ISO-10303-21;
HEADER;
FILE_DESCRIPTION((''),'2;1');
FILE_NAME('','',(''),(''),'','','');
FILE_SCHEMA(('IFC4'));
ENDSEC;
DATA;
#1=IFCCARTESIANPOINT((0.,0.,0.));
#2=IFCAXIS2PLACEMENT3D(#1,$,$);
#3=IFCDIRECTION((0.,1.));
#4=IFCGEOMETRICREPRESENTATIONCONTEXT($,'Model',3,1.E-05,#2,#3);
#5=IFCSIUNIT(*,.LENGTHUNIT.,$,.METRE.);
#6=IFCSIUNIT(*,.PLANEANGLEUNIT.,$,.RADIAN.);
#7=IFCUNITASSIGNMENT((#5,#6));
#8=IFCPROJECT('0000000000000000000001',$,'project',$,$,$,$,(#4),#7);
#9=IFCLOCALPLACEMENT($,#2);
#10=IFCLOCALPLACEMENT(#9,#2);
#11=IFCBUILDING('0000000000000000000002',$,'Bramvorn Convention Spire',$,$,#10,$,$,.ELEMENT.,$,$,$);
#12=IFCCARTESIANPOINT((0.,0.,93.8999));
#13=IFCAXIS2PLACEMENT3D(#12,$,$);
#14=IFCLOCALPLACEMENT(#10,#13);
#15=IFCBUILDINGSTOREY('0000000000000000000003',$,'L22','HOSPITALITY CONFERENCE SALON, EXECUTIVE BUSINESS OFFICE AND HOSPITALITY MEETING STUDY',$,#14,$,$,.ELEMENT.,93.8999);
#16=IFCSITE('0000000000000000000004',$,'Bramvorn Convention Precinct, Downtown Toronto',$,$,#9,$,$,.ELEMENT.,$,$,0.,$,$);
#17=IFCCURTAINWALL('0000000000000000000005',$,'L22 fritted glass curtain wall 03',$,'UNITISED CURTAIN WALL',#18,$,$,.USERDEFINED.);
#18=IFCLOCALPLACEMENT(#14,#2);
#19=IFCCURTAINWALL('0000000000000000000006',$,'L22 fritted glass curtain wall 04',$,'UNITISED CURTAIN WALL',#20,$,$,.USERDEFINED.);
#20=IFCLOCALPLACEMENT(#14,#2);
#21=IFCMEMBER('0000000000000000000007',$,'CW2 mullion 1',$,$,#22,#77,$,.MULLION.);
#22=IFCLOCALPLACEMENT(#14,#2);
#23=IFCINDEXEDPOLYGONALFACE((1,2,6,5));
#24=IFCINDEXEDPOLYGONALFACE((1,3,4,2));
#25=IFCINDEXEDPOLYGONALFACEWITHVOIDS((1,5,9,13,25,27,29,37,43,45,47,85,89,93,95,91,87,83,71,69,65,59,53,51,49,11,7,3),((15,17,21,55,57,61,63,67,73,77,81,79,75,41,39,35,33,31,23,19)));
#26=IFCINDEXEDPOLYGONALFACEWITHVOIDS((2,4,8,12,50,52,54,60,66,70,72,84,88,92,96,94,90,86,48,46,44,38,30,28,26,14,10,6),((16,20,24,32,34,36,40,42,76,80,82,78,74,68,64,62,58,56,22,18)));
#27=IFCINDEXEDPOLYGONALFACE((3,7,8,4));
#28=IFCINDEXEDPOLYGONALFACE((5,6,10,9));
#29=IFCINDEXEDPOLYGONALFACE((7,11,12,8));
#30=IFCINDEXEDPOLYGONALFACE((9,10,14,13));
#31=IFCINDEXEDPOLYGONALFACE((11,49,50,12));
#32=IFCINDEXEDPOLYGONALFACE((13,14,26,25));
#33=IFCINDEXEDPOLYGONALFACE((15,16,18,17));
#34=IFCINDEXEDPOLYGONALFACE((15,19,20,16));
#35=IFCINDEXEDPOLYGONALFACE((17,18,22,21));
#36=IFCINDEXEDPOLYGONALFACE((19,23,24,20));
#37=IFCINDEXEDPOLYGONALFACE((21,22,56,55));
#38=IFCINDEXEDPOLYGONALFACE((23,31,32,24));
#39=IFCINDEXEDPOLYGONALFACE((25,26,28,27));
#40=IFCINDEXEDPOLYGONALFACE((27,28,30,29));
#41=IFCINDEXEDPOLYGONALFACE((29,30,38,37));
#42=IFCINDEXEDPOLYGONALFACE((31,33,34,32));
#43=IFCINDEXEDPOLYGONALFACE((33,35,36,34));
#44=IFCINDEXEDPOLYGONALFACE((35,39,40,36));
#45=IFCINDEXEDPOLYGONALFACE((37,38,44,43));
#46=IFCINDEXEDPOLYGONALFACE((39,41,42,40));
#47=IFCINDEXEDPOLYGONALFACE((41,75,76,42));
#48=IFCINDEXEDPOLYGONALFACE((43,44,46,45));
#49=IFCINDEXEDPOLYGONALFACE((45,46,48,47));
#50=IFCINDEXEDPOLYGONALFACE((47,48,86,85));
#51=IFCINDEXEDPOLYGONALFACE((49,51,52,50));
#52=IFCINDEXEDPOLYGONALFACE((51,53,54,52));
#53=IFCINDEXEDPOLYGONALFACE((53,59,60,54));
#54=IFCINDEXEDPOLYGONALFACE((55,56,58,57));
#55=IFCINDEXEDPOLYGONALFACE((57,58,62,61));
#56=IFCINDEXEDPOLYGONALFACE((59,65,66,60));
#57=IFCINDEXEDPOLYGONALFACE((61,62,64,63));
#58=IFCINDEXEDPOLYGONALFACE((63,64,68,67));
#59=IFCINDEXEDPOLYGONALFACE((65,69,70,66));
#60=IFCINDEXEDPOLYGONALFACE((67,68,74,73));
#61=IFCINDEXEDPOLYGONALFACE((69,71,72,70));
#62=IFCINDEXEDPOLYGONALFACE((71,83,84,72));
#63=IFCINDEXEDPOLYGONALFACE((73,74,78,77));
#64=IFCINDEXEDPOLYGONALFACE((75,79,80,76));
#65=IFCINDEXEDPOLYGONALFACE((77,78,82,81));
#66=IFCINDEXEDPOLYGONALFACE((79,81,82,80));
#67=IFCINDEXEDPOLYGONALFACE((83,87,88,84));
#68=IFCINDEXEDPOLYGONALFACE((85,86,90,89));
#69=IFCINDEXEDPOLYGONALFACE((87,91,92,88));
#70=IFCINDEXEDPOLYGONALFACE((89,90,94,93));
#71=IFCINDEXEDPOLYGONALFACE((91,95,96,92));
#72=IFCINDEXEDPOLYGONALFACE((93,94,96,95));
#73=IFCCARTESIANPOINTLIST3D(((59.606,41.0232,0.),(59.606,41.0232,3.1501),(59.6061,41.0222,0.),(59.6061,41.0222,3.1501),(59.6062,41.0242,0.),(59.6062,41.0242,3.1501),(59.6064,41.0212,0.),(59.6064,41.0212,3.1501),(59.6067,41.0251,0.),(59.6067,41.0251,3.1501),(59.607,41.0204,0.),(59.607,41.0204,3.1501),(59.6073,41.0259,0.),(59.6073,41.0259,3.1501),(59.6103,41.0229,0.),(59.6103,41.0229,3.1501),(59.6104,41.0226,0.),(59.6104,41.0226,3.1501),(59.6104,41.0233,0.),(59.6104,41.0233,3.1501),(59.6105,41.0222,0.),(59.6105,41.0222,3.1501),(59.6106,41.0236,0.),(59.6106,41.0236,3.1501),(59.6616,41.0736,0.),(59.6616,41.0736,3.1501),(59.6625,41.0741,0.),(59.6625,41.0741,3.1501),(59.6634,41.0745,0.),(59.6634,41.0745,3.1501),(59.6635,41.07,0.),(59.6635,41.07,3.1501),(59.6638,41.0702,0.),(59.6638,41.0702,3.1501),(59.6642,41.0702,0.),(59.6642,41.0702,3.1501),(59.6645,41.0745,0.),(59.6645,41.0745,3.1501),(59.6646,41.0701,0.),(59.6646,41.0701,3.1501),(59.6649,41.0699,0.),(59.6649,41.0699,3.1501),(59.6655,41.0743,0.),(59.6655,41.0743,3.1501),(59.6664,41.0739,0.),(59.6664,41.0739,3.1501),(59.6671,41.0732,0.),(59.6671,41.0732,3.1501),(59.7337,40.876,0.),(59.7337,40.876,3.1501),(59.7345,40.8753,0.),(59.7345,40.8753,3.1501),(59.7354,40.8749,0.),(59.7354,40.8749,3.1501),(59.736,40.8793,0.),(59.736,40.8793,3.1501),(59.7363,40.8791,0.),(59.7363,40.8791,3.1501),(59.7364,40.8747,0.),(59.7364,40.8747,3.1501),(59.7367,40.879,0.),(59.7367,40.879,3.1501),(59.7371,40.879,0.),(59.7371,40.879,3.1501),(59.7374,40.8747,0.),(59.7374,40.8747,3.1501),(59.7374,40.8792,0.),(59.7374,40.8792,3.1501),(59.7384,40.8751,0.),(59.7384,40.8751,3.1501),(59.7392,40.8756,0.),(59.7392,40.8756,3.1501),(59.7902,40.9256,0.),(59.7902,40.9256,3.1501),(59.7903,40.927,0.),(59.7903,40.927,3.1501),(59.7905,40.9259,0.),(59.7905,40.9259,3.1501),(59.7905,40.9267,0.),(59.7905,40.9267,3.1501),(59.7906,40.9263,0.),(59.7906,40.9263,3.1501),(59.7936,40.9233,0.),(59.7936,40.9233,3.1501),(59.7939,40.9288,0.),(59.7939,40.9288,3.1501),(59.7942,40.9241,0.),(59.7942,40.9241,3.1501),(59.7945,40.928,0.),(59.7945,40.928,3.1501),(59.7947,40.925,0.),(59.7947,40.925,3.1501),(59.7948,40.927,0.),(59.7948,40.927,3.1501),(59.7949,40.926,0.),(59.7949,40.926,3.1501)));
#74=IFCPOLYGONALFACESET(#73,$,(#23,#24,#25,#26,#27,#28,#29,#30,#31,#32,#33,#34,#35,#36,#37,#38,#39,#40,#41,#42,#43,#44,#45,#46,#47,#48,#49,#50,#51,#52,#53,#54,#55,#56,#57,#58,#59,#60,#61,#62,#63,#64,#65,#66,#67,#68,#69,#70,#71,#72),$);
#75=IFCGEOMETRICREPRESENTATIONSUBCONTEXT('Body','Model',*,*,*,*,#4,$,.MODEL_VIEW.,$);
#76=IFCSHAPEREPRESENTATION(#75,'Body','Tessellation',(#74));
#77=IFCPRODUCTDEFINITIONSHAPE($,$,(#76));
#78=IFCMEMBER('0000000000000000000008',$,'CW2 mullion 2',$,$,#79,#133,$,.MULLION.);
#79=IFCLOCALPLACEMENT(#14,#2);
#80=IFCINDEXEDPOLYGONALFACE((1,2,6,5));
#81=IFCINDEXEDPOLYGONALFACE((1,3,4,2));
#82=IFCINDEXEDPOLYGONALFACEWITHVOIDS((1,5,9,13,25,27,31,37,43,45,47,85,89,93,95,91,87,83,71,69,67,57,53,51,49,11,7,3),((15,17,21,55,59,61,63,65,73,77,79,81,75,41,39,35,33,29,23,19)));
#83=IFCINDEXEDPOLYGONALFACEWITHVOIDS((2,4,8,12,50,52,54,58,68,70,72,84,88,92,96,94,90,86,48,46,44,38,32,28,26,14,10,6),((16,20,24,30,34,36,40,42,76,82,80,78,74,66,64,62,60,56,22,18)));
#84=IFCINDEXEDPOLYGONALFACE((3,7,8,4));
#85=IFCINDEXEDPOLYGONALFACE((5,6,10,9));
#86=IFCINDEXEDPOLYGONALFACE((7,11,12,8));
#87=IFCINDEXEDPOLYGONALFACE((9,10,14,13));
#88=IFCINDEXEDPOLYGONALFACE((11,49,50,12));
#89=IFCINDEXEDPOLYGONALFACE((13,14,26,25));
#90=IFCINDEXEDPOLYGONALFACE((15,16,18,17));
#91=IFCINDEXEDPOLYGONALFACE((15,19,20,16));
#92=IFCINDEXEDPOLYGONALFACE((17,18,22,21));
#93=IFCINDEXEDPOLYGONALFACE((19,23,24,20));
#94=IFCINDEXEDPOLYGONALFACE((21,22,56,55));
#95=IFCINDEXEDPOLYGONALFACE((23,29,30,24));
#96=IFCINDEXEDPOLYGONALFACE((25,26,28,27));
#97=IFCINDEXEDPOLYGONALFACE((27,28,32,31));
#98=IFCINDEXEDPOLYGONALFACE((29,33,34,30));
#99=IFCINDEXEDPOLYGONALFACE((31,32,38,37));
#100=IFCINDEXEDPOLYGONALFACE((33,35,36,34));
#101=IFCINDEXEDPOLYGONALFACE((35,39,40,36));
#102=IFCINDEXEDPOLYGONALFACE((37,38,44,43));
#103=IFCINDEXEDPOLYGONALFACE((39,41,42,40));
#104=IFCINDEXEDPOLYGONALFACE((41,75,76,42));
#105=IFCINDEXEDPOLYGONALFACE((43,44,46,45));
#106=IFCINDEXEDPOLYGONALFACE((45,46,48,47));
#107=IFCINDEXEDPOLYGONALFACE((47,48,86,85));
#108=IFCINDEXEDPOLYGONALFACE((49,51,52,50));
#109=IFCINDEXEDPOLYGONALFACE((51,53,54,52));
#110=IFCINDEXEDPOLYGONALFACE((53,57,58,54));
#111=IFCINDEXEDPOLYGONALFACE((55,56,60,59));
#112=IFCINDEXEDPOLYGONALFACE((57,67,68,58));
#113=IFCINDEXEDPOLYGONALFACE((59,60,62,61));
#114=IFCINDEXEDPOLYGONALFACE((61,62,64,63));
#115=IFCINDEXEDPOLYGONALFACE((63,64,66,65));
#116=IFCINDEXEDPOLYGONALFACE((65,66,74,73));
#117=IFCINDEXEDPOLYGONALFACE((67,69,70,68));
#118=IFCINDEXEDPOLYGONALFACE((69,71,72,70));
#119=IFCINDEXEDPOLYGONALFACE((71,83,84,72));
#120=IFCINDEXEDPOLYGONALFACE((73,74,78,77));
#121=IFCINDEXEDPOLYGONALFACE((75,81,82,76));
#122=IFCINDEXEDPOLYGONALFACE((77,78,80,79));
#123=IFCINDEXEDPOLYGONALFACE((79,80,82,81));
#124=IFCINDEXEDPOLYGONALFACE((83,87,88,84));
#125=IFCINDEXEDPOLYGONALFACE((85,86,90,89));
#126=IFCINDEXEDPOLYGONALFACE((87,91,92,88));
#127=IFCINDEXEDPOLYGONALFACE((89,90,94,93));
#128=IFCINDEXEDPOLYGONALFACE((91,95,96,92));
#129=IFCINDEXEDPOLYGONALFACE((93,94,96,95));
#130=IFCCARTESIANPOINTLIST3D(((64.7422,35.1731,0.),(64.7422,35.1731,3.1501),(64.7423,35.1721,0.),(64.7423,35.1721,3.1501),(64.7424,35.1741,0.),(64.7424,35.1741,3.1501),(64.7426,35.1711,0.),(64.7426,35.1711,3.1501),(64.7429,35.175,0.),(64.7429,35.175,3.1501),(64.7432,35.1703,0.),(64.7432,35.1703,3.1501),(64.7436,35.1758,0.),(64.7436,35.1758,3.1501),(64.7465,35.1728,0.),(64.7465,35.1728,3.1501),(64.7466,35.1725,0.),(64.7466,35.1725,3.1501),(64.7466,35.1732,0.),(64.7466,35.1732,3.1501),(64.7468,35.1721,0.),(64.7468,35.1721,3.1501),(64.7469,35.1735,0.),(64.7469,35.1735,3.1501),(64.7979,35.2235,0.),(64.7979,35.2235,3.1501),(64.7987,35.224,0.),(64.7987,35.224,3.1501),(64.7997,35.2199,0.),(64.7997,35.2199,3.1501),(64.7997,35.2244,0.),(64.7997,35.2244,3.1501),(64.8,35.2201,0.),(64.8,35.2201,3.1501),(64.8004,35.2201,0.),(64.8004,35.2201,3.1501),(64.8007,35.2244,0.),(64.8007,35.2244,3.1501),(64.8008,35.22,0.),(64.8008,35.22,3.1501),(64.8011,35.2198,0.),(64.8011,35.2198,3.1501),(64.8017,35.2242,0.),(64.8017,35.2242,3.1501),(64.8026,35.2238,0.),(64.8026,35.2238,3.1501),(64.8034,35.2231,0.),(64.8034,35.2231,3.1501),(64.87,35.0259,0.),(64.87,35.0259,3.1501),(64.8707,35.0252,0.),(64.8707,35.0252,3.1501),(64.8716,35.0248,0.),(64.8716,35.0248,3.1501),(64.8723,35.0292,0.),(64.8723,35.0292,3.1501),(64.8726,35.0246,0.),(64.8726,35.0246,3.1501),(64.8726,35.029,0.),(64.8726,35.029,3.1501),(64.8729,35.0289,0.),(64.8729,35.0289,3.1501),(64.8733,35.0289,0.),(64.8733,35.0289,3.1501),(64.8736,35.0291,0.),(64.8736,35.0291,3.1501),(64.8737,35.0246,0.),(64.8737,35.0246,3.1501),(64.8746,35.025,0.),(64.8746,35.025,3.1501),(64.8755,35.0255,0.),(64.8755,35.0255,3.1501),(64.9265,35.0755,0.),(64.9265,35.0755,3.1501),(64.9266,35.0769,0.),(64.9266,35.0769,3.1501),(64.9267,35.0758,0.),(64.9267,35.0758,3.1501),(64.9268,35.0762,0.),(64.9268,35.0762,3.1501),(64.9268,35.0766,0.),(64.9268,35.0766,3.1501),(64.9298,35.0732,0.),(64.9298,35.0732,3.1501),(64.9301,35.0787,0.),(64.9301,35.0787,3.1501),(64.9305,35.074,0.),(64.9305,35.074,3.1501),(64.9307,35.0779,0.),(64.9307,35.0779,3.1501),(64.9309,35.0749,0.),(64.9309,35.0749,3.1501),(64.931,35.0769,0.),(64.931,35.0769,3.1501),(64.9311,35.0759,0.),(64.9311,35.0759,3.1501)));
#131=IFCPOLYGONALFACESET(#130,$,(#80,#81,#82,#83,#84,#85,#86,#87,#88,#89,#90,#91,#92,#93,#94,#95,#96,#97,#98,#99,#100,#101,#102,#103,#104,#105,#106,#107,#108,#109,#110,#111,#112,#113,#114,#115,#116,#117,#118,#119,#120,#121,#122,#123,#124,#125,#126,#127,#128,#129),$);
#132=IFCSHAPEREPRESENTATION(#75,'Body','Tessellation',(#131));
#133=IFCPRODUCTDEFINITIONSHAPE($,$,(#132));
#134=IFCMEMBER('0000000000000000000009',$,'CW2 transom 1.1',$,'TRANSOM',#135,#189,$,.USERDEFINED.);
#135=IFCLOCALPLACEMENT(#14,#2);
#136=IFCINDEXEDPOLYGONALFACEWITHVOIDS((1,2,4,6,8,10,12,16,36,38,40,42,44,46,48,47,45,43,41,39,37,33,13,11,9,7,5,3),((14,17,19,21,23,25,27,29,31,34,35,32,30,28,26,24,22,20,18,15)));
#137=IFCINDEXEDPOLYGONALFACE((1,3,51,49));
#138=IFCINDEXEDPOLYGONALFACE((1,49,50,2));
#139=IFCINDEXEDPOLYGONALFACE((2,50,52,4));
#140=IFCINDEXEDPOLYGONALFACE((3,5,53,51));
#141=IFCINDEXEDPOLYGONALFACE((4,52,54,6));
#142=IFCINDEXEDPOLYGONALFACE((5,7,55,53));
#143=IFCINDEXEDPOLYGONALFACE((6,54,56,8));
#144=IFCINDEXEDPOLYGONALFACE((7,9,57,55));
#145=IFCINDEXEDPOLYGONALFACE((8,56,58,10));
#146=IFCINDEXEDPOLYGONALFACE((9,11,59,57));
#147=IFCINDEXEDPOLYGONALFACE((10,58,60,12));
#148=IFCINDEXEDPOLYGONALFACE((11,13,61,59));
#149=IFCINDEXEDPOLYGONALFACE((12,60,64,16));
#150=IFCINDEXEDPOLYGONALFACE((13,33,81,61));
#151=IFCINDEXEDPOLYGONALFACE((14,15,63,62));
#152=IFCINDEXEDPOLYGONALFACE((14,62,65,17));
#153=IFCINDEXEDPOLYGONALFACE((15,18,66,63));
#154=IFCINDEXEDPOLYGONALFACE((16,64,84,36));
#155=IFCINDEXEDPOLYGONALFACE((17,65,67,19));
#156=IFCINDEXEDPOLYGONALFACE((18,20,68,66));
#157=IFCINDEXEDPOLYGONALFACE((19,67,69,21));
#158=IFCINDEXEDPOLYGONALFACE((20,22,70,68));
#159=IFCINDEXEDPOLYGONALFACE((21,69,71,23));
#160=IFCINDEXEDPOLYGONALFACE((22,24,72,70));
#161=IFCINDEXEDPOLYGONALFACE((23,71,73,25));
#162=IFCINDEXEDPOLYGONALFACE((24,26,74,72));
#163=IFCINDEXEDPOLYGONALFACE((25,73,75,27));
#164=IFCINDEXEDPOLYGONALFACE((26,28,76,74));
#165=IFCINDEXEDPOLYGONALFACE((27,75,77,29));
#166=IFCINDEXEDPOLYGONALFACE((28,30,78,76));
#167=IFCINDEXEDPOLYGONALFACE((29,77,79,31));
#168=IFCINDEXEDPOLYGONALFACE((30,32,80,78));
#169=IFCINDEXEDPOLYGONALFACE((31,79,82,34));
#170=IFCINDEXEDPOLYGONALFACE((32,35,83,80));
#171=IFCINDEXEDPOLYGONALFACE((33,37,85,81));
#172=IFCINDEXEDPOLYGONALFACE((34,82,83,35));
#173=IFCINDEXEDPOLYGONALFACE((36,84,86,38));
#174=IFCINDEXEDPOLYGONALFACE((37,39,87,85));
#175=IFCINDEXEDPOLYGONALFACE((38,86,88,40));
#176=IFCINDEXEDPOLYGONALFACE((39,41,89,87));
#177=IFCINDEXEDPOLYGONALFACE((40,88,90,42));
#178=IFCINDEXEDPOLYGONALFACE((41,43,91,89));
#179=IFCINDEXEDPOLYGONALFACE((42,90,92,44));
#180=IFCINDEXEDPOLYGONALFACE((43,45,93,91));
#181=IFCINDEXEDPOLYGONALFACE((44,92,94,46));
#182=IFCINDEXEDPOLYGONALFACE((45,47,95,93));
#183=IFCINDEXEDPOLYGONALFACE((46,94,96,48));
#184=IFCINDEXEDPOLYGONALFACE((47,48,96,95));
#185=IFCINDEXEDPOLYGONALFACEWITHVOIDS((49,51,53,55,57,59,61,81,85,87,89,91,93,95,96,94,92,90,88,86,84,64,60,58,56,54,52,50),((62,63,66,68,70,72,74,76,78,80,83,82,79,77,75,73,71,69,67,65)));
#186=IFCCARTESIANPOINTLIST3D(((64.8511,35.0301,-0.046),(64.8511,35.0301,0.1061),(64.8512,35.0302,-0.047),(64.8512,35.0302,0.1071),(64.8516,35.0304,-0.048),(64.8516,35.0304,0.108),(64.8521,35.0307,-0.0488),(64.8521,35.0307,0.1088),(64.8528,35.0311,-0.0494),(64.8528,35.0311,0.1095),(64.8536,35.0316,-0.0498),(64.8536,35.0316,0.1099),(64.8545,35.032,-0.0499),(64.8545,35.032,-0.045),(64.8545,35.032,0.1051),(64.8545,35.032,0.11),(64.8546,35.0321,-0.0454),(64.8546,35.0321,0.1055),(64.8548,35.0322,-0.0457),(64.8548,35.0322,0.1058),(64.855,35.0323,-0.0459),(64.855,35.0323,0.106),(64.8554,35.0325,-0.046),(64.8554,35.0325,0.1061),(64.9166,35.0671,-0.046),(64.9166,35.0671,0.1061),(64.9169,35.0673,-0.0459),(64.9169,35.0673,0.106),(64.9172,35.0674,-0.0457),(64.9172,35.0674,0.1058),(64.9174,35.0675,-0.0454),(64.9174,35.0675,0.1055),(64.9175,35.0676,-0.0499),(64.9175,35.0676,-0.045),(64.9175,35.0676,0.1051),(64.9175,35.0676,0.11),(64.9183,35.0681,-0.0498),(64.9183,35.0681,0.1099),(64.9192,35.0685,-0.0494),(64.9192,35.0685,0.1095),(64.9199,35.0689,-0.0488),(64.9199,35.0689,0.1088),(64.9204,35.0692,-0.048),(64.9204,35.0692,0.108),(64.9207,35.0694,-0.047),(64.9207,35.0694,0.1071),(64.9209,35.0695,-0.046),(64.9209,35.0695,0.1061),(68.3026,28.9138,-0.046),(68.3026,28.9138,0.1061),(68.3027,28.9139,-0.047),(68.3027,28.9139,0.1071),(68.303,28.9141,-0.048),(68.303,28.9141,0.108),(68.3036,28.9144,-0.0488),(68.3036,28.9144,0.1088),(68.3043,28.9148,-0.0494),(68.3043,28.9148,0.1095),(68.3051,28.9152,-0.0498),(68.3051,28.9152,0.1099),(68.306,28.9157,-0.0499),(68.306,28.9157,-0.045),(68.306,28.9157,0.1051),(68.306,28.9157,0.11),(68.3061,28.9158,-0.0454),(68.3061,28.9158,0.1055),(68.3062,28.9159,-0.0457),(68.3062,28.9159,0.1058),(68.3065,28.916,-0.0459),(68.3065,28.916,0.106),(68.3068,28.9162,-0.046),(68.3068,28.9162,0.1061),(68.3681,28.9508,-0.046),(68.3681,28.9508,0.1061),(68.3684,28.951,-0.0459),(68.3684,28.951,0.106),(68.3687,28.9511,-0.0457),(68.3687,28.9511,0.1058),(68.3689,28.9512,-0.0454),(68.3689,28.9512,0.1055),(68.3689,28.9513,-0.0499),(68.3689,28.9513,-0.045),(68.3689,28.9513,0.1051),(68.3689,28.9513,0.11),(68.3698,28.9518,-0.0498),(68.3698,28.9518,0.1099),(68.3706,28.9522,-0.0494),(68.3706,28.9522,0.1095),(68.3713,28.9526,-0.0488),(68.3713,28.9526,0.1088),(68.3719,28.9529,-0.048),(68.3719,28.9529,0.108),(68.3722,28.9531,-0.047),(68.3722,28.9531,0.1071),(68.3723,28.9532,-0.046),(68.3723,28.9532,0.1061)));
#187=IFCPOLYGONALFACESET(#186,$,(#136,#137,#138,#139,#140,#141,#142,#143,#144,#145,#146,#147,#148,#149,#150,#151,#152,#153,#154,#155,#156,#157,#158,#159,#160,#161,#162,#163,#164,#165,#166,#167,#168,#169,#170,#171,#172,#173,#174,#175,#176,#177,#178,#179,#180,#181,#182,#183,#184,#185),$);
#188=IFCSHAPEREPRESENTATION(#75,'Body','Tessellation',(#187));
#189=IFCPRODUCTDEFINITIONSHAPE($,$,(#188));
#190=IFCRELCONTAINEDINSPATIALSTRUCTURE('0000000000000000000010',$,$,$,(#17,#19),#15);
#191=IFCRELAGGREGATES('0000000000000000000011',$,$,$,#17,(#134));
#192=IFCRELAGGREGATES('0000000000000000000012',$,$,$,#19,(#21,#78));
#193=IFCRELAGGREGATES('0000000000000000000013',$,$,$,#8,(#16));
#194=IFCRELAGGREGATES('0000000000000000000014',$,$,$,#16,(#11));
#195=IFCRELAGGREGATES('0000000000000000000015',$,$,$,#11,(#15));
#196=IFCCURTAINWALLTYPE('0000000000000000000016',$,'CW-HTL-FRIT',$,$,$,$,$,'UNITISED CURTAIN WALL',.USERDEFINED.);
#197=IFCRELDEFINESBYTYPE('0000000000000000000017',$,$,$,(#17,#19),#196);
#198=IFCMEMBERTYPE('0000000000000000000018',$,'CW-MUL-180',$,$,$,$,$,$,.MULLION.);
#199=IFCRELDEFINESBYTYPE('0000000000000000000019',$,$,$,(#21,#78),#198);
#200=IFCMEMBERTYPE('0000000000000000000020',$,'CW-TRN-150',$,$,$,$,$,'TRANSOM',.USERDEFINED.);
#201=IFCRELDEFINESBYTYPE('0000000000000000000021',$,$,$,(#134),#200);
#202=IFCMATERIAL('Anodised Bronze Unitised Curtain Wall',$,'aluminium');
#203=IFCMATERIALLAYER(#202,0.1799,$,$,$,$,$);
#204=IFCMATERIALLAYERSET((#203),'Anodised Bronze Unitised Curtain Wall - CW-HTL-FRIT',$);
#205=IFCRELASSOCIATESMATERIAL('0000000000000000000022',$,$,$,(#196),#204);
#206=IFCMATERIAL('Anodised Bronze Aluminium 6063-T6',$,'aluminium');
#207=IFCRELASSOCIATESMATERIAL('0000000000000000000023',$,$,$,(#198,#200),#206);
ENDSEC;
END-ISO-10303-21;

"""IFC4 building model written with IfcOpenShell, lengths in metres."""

from ifc_helpers import new_model, si_unit, direction, frame, origin, origin_2d, place, context, subcontext, project, spatial, hollow_rectangle, extrude, material, layer, layer_set, material_profile, profile_set, type_object, element, aggregate, save


model = new_model("IFC4")

# Units and contexts
model_context = context("Model", 3, precision=1e-05, world=origin(), true_north=direction((0.0, 1.0)))
body_context = subcontext(model_context, "Body", "Model", "MODEL_VIEW")
ifc_project = project(units=[si_unit("LENGTHUNIT", "METRE"), si_unit("PLANEANGLEUNIT", "RADIAN")], contexts=[model_context])

# Site, building, storey
site_placement = place(None, origin())
site = spatial("IfcSite", under=ifc_project, at=site_placement, Name="Bramvorn Convention Precinct, Downtown Toronto", CompositionType="ELEMENT", RefElevation=0.0)
building_placement = place(site_placement, origin())
building = spatial("IfcBuilding", under=site, at=building_placement, Name="Bramvorn Convention Spire", CompositionType="ELEMENT")
storey_placement = place(building_placement, frame((0.0, 0.0, 93.8999)))
storey = spatial("IfcBuildingStorey", under=building, at=storey_placement, Name="L22", Description="HOSPITALITY CONFERENCE SALON, EXECUTIVE BUSINESS OFFICE AND HOSPITALITY MEETING STUDY", CompositionType="ELEMENT", Elevation=93.8999)

# Curtain walls, members
ifc_material_1 = material(Name="Anodised Bronze Unitised Curtain Wall", Category="aluminium")
ifc_layer_1 = layer(ifc_material_1, 0.1799)
ifc_layer_set_1 = layer_set([ifc_layer_1], Name="Anodised Bronze Unitised Curtain Wall - CW-HTL-FRIT")
curtain_wall_type = type_object("IfcCurtainWallType", Name="CW-HTL-FRIT", ElementType="UNITISED CURTAIN WALL", PredefinedType="USERDEFINED", material=ifc_layer_set_1)
curtain_wall_1_placement = place(storey_placement, origin())
curtain_wall_1 = element("IfcCurtainWall", 1, at=curtain_wall_1_placement, inside=storey, type_object=curtain_wall_type, Name="L22 fritted glass curtain wall 03", ObjectType="UNITISED CURTAIN WALL", PredefinedType="USERDEFINED")
ifc_material_2 = material(Name="Anodised Bronze Aluminium 6063-T6", Category="aluminium")
ifc_material_profile_1 = material_profile(ifc_material_2, hollow_rectangle(XDim=0.0801, YDim=0.2, WallThickness=0.0039, InnerFilletRadius=0.001, OuterFilletRadius=0.0039, at=origin_2d()))
ifc_profile_set_1 = profile_set([ifc_material_profile_1], Name="Anodised Bronze Aluminium 6063-T6 - CWM80X200")
member_type_1 = type_object("IfcMemberType", Name="CW-MUL-180", PredefinedType="MULLION", material=ifc_profile_set_1)
curtain_wall_2_placement = place(storey_placement, origin())
curtain_wall_2 = element("IfcCurtainWall", 2, at=curtain_wall_2_placement, inside=storey, type_object=curtain_wall_type, Name="L22 fritted glass curtain wall 04", ObjectType="UNITISED CURTAIN WALL", PredefinedType="USERDEFINED")
member_1_placement = place(storey_placement, frame((59.7004, 40.9746, 0.0), z_axis=(0.0, 0.0, 1.0), x_axis=(0.75147, 0.659767, 0.0)))
member_1 = element("IfcMember", 3, at=member_1_placement, type_object=member_type_1, Name="CW2 mullion 1", PredefinedType="MULLION", context=body_context, shape_type="SweptSolid", body=[
    extrude(hollow_rectangle(XDim=0.0801, YDim=0.2, WallThickness=0.0039, InnerFilletRadius=0.001, OuterFilletRadius=0.0039, at=origin_2d()), origin(), (0.0, 0.0, 1.0), 3.1501),
])
member_2_placement = place(storey_placement, frame((64.8367, 35.1245, 0.0), z_axis=(0.0, 0.0, 1.0), x_axis=(0.75147, 0.659767, 0.0)))
member_2 = element("IfcMember", 4, at=member_2_placement, type_object=member_type_1, Name="CW2 mullion 2", PredefinedType="MULLION", context=body_context, shape_type="SweptSolid", body=[
    extrude(hollow_rectangle(XDim=0.0801, YDim=0.2, WallThickness=0.0039, InnerFilletRadius=0.001, OuterFilletRadius=0.0039, at=origin_2d()), origin(), (0.0, 0.0, 1.0), 3.1501),
])

# Member
ifc_material_profile_2 = material_profile(ifc_material_2, hollow_rectangle(XDim=0.0801, YDim=0.1599, WallThickness=0.0039, InnerFilletRadius=0.001, OuterFilletRadius=0.0039, at=origin_2d()))
ifc_profile_set_2 = profile_set([ifc_material_profile_2], Name="Anodised Bronze Aluminium 6063-T6 - CWT80X160")
member_type_2 = type_object("IfcMemberType", Name="CW-TRN-150", ElementType="TRANSOM", PredefinedType="USERDEFINED", material=ifc_profile_set_2)
member_3_placement = place(storey_placement, frame((64.886, 35.0498, 0.03), z_axis=(0.491456, -0.870903, 0.0), x_axis=(0.870903, 0.491456, 0.0)))
member_3 = element("IfcMember", 5, at=member_3_placement, type_object=member_type_2, Name="CW2 transom 1.1", ObjectType="TRANSOM", PredefinedType="USERDEFINED", context=body_context, shape_type="SweptSolid", body=[
    extrude(hollow_rectangle(XDim=0.0801, YDim=0.1599, WallThickness=0.0039, InnerFilletRadius=0.001, OuterFilletRadius=0.0039, at=origin_2d()), origin(), (0.0, 0.0, 1.0), 7.0229),
])

aggregate(curtain_wall_1, [member_3])
aggregate(curtain_wall_2, [member_1, member_2])

save(model, "model.ifc")
